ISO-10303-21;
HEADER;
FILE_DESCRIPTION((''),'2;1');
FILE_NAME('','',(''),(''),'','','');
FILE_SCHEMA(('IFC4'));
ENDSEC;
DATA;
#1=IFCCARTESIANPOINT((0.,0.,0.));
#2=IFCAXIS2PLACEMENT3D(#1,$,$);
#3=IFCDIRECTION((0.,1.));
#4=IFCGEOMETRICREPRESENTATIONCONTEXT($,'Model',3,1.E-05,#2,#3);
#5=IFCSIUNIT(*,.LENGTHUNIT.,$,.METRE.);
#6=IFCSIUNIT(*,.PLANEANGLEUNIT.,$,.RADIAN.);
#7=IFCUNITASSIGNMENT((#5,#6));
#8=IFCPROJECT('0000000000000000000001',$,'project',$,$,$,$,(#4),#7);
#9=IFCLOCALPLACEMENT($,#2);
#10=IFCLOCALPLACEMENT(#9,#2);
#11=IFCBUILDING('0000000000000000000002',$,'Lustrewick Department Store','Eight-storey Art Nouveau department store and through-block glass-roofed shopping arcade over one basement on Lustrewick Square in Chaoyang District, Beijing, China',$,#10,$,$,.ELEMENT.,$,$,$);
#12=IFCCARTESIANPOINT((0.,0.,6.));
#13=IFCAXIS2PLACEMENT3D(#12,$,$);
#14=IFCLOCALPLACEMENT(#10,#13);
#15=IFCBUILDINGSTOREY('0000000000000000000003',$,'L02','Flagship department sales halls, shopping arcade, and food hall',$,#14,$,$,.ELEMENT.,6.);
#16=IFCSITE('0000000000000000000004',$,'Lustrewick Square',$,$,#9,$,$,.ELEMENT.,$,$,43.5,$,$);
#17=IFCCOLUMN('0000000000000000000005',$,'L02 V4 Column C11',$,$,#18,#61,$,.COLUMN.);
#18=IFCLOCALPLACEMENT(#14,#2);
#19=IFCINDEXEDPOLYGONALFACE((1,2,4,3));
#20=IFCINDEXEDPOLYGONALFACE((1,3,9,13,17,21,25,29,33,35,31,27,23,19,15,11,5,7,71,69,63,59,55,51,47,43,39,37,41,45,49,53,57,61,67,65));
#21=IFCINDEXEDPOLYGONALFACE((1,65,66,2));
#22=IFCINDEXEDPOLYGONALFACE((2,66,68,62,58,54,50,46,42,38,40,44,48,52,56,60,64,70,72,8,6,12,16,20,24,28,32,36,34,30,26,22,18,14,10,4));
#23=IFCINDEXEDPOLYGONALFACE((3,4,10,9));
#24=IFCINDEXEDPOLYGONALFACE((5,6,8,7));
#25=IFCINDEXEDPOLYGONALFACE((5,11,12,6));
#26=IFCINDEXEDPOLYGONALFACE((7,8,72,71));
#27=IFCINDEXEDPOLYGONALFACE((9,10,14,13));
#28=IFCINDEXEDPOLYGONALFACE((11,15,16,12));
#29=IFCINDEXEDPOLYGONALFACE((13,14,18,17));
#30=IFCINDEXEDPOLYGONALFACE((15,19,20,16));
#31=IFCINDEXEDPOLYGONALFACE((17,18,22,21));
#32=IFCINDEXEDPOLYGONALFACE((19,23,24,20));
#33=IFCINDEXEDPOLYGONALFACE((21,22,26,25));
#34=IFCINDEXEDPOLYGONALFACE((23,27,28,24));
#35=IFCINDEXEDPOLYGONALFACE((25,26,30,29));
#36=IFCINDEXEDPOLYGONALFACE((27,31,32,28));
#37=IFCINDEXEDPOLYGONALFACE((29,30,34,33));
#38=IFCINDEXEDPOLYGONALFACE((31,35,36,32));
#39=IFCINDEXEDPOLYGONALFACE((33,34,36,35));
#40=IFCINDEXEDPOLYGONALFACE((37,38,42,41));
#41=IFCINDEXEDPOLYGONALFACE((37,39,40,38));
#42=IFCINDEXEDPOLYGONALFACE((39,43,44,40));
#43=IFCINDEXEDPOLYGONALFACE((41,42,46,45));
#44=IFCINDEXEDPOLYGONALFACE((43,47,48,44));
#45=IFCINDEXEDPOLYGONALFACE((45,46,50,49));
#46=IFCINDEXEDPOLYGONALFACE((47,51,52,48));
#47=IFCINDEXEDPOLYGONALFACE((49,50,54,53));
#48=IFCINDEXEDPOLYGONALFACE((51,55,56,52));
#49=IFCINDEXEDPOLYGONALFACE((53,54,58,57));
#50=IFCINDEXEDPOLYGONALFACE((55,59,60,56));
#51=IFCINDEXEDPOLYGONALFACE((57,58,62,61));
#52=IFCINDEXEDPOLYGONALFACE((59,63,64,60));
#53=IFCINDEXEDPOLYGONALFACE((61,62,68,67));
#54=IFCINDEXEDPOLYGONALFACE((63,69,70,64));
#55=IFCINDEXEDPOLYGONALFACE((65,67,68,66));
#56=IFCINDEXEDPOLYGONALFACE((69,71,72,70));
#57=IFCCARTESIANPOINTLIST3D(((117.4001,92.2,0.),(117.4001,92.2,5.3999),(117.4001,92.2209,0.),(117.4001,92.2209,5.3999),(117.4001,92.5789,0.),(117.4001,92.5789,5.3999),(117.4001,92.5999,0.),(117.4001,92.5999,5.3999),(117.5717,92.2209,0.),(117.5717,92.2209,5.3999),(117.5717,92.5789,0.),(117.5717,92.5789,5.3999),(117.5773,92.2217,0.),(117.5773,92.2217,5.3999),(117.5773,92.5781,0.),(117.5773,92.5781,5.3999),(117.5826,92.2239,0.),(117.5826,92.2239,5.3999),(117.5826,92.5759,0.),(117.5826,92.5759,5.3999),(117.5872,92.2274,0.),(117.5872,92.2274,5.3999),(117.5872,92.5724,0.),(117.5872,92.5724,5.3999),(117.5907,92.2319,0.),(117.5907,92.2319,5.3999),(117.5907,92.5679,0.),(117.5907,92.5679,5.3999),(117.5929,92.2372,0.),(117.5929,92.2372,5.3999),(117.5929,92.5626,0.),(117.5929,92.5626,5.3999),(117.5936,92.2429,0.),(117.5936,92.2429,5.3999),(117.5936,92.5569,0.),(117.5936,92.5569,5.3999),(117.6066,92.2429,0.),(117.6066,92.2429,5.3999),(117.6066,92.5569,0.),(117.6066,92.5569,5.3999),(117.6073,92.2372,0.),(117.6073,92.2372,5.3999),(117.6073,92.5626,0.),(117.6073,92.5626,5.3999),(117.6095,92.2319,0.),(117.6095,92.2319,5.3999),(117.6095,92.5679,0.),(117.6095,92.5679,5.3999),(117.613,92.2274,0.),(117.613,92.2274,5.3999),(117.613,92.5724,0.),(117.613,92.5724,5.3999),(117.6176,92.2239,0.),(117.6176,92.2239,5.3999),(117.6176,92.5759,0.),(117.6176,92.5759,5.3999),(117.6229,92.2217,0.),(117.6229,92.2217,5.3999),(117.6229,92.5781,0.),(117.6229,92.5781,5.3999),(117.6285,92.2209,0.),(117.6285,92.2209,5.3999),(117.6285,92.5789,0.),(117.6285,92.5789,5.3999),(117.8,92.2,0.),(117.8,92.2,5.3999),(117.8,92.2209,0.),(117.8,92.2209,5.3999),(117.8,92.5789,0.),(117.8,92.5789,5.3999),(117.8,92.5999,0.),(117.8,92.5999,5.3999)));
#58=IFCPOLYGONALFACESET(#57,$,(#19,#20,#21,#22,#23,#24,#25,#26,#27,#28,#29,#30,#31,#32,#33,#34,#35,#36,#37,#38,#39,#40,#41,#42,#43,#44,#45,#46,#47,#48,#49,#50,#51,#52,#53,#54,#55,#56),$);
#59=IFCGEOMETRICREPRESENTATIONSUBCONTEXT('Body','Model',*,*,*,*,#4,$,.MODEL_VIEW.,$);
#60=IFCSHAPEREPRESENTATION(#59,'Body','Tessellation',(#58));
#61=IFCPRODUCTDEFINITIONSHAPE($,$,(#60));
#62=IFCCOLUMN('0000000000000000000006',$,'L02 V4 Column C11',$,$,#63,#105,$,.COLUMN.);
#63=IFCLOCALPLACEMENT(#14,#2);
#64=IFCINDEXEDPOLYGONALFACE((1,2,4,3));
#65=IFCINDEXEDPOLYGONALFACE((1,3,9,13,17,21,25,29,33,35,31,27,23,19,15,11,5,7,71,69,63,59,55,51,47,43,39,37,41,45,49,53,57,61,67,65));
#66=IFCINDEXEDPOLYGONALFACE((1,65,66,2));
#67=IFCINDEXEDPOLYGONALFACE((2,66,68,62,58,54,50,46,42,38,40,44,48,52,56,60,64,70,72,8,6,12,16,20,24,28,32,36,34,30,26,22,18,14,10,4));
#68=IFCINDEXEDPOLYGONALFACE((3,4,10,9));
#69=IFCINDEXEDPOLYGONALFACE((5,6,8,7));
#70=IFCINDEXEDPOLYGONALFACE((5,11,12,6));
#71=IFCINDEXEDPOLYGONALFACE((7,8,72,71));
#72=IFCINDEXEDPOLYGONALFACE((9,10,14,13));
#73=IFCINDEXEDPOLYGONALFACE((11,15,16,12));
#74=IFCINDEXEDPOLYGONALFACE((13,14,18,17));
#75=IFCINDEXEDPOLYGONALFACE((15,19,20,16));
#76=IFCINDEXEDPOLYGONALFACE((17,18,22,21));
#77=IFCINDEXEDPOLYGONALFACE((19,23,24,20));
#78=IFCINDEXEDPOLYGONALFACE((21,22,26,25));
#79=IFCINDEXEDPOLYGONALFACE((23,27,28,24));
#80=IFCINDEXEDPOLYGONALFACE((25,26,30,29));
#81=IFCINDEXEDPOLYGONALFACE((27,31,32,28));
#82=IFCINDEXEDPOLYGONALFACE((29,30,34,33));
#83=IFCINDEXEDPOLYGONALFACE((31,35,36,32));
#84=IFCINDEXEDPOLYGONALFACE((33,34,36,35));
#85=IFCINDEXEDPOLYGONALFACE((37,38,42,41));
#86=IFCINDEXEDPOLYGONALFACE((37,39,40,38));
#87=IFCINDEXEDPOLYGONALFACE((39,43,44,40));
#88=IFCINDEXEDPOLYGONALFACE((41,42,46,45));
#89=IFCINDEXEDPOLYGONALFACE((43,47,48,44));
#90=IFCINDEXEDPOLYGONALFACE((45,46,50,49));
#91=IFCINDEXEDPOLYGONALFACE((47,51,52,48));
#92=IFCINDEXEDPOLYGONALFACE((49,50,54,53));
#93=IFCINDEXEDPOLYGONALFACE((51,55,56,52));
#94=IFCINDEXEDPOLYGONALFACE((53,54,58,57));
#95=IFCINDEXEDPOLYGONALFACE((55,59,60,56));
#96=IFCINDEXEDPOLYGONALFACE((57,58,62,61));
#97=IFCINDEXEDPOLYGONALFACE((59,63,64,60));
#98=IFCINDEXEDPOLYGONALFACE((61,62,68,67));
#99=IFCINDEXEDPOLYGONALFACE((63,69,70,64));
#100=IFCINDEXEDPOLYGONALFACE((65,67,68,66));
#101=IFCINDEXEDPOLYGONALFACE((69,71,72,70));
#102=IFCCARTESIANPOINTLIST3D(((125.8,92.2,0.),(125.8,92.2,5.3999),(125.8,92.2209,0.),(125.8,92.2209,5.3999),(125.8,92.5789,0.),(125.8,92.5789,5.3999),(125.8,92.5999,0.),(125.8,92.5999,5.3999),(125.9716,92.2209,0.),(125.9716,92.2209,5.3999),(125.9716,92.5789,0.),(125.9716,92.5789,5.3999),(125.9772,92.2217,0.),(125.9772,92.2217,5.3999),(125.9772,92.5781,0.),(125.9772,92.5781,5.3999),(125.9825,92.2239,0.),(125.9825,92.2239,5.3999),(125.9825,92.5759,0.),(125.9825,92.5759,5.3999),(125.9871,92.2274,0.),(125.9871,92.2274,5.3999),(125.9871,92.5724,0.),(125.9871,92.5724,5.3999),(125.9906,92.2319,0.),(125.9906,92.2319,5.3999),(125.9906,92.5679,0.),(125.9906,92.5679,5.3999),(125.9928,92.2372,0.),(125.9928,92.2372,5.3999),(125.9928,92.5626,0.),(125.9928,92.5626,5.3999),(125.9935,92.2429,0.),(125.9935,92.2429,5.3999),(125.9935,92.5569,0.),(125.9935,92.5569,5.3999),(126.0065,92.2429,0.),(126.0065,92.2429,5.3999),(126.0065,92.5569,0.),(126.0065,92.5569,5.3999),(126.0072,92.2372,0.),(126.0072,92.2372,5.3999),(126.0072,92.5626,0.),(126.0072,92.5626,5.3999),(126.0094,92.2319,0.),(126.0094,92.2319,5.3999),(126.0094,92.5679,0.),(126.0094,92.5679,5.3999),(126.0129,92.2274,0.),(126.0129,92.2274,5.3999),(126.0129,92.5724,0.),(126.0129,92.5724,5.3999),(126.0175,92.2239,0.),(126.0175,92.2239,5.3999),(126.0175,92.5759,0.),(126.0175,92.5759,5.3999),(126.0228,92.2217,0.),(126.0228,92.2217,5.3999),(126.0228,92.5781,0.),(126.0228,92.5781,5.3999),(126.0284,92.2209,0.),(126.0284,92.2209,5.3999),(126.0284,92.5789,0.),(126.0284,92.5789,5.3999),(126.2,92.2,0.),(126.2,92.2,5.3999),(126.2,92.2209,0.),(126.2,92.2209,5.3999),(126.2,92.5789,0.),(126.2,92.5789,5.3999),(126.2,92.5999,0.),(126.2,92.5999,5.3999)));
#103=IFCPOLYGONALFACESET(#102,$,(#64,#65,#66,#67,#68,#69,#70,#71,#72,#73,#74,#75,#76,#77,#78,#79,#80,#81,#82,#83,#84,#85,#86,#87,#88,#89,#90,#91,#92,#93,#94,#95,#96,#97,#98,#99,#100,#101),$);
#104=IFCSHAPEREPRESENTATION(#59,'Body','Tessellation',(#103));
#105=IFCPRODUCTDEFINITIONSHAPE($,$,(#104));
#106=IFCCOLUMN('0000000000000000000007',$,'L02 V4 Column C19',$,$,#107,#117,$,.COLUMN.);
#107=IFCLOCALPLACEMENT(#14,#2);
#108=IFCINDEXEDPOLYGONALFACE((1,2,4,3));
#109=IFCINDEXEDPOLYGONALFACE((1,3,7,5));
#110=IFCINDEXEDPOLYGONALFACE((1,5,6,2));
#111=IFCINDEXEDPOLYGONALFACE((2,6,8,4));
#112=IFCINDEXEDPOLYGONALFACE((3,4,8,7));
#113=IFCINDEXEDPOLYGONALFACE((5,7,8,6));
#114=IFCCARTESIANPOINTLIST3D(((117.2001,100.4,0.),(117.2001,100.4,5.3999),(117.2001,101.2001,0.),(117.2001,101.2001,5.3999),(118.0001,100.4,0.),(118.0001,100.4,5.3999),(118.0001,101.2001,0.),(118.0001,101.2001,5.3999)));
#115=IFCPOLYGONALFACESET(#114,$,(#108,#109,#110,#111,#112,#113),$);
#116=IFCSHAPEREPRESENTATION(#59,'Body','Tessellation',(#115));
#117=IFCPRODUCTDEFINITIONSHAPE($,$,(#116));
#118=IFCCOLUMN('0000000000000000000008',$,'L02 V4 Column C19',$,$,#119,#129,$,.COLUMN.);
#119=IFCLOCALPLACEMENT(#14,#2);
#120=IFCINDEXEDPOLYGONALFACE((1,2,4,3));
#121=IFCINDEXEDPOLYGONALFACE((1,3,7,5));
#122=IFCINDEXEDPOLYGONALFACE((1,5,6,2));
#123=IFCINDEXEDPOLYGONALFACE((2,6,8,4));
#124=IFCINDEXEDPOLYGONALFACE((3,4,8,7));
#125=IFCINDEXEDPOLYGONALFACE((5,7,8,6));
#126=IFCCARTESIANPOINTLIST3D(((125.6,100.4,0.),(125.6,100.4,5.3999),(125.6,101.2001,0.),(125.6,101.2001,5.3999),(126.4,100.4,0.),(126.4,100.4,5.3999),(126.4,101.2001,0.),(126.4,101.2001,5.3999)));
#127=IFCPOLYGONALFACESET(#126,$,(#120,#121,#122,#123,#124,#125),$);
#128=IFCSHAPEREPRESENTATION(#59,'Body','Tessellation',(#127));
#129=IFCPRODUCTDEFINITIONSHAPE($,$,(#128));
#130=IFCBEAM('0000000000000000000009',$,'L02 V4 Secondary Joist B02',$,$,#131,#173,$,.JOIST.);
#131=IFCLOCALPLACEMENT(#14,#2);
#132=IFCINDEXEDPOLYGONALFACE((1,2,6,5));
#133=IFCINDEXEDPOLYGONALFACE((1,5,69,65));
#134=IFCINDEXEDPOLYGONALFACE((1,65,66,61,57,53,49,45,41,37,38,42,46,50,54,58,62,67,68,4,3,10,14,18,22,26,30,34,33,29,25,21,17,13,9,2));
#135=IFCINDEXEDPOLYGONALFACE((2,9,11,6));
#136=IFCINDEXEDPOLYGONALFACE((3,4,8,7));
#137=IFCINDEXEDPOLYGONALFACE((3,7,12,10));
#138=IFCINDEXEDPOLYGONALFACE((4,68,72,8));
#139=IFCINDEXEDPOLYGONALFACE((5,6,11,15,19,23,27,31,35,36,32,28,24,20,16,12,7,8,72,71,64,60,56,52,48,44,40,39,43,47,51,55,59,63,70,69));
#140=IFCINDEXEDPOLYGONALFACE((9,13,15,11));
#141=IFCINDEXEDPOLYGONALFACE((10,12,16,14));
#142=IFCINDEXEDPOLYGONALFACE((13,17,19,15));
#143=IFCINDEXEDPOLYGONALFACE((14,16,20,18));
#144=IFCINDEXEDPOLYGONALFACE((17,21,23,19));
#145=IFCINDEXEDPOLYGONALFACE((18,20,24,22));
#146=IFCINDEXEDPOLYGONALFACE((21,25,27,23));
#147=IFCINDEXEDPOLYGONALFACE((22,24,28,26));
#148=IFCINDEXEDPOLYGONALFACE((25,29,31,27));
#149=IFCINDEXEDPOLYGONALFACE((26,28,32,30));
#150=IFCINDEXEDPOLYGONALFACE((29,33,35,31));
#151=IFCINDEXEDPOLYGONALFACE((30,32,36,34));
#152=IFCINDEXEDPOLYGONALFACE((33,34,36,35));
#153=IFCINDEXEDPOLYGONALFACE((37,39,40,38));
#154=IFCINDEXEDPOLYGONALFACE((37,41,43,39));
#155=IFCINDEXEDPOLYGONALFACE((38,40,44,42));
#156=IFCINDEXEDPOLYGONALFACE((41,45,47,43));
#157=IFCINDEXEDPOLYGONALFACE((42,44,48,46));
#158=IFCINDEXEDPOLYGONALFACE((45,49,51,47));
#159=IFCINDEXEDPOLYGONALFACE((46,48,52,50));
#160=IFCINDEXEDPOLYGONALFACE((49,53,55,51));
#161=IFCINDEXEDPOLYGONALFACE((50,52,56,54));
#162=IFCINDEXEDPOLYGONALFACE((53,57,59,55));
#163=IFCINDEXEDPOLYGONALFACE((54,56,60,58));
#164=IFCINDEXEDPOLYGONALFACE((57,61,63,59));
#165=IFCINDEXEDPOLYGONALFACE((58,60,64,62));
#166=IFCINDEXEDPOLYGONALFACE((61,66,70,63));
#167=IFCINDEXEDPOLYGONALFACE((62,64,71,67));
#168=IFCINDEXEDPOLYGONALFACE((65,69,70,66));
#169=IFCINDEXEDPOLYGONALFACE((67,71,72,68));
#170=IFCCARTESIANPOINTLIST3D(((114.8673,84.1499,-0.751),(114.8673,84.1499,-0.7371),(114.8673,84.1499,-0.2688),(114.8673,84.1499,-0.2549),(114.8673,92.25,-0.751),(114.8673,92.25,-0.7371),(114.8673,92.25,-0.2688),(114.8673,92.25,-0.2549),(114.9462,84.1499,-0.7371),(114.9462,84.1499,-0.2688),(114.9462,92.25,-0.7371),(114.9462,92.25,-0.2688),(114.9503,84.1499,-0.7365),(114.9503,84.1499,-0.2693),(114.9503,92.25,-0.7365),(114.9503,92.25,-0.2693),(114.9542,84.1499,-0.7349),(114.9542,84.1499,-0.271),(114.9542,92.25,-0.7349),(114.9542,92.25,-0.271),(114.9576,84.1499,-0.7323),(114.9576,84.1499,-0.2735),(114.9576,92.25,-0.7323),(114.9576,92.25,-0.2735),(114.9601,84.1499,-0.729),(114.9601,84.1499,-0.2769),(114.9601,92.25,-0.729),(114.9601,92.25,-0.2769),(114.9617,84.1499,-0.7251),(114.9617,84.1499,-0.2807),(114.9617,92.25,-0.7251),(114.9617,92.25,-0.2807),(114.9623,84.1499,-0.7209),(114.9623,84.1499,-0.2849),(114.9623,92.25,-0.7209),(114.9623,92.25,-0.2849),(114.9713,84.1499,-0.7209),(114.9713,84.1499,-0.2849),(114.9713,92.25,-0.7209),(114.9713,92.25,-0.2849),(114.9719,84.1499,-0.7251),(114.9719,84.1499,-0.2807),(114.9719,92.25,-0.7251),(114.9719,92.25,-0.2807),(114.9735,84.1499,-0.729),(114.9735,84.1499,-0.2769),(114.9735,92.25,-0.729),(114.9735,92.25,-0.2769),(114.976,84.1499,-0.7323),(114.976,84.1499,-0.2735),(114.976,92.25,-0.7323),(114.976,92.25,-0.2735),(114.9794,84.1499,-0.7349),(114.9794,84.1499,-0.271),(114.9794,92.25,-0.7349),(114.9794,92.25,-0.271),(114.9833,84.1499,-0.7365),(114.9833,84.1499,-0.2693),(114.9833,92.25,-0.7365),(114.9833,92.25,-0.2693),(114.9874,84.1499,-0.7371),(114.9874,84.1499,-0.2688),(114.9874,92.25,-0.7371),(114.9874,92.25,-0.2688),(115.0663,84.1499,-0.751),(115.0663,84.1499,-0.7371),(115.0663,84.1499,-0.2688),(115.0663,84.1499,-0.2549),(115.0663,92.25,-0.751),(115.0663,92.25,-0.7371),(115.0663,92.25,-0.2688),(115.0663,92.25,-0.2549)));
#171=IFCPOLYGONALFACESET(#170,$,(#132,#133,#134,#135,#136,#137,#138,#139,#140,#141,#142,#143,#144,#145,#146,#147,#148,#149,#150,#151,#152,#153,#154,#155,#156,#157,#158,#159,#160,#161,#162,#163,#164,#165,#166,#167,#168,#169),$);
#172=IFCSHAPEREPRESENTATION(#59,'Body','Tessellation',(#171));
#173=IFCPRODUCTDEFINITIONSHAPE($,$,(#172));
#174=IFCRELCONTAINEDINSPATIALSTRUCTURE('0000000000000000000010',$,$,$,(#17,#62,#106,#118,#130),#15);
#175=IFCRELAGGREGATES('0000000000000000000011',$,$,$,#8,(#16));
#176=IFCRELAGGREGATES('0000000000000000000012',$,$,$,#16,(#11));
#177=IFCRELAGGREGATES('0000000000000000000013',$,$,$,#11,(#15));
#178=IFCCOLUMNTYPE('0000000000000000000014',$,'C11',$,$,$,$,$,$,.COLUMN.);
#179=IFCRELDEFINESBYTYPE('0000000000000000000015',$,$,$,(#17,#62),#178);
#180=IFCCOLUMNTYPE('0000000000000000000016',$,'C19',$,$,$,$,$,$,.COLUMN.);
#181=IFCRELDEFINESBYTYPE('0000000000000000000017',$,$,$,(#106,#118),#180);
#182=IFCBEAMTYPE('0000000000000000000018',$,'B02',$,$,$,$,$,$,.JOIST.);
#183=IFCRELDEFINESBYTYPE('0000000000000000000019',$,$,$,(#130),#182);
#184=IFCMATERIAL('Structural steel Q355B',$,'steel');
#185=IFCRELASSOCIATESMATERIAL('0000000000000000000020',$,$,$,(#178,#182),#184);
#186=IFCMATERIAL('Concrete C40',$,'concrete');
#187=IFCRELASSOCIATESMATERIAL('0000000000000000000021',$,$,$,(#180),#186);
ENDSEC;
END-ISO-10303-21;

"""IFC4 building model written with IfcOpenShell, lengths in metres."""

from ifc_helpers import new_model, si_unit, direction, frame, origin, origin_2d, place, context, subcontext, project, spatial, rectangle, i_section, extrude, material, material_profile, profile_set, type_object, element, save


model = new_model("IFC4")

# Units and contexts
model_context = context("Model", 3, precision=1e-05, world=origin(), true_north=direction((0.0, 1.0)))
body_context = subcontext(model_context, "Body", "Model", "MODEL_VIEW")
ifc_project = project(units=[si_unit("LENGTHUNIT", "METRE"), si_unit("PLANEANGLEUNIT", "RADIAN")], contexts=[model_context])

# Site, building, storey
site_placement = place(None, origin())
site = spatial("IfcSite", under=ifc_project, at=site_placement, Name="Lustrewick Square", CompositionType="ELEMENT", RefElevation=43.5)
building_placement = place(site_placement, origin())
building = spatial("IfcBuilding", under=site, at=building_placement, Name="Lustrewick Department Store", Description="Eight-storey Art Nouveau department store and through-block glass-roofed shopping arcade over one basement on Lustrewick Square in Chaoyang District, Beijing, China", CompositionType="ELEMENT")
storey_placement = place(building_placement, frame((0.0, 0.0, 6.0)))
storey = spatial("IfcBuildingStorey", under=building, at=storey_placement, Name="L02", Description="Flagship department sales halls, shopping arcade, and food hall", CompositionType="ELEMENT", Elevation=6.0)

# Columns
ifc_material_1 = material(Name="Structural steel Q355B", Category="steel")
ifc_material_profile_1 = material_profile(ifc_material_1, i_section(OverallWidth=0.3999, OverallDepth=0.3999, WebThickness=0.0129, FlangeThickness=0.021, FilletRadius=0.022, at=origin_2d()), Name="HW 400x400x13x21")
ifc_profile_set_1 = profile_set([ifc_material_profile_1], Name="Structural steel Q355B")
column_type_1 = type_object("IfcColumnType", Name="C11", PredefinedType="COLUMN", material=ifc_profile_set_1)
for number, where, z_axis, x_axis, name in (
    (1, (117.6001, 92.3999, 0.0), (0.0, 0.0, 1.0), (1.0, 0.0, 0.0), "L02 V4 Column C11"),
    (2, (126.0, 92.3999, 0.0), (0.0, 0.0, 1.0), (1.0, 0.0, 0.0), "L02 V4 Column C11"),
):
    element("IfcColumn", number, at=place(storey_placement, frame(where, z_axis=z_axis, x_axis=x_axis)), inside=storey, type_object=column_type_1, Name=name, PredefinedType="COLUMN", context=body_context, shape_type="SweptSolid", body=[
        extrude(i_section(OverallWidth=0.3999, OverallDepth=0.3999, WebThickness=0.0129, FlangeThickness=0.021, FilletRadius=0.022, at=origin_2d()), origin(), (0.0, 0.0, 1.0), 5.3999),
    ])
ifc_material_2 = material(Name="Concrete C40", Category="concrete")
ifc_material_profile_2 = material_profile(ifc_material_2, rectangle(XDim=0.8, YDim=0.8, at=origin_2d()), Name="RC 800x800")
ifc_profile_set_2 = profile_set([ifc_material_profile_2], Name="Concrete C40")
column_type_2 = type_object("IfcColumnType", Name="C19", PredefinedType="COLUMN", material=ifc_profile_set_2)
for number, where, z_axis, x_axis, name in (
    (3, (117.6001, 100.8, 0.0), (0.0, 0.0, 1.0), (1.0, 0.0, 0.0), "L02 V4 Column C19"),
    (4, (126.0, 100.8, 0.0), (0.0, 0.0, 1.0), (1.0, 0.0, 0.0), "L02 V4 Column C19"),
):
    element("IfcColumn", number, at=place(storey_placement, frame(where, z_axis=z_axis, x_axis=x_axis)), inside=storey, type_object=column_type_2, Name=name, PredefinedType="COLUMN", context=body_context, shape_type="SweptSolid", body=[
        extrude(rectangle(XDim=0.8, YDim=0.8, at=origin_2d()), origin(), (0.0, 0.0, 1.0), 5.3999),
    ])

# Beam
ifc_material_profile_3 = material_profile(ifc_material_1, i_section(OverallWidth=0.199, OverallDepth=0.4961, WebThickness=0.009, FlangeThickness=0.0139, FilletRadius=0.0161, at=origin_2d()), Name="HN 496x199x9x14")
ifc_profile_set_3 = profile_set([ifc_material_profile_3], Name="Structural steel Q355B")
beam_type_1 = type_object("IfcBeamType", Name="B02", PredefinedType="JOIST", material=ifc_profile_set_3)
beam_1_placement = place(storey_placement, frame((114.9668, 84.1499, -0.5029), z_axis=(0.0, 1.0, 0.0), x_axis=(-1.0, 0.0, 0.0)))
element("IfcBeam", 5, at=beam_1_placement, inside=storey, type_object=beam_type_1, Name="L02 V4 Secondary Joist B02", PredefinedType="JOIST", context=body_context, shape_type="SweptSolid", body=[
    extrude(i_section(OverallWidth=0.199, OverallDepth=0.4961, WebThickness=0.009, FlangeThickness=0.0139, FilletRadius=0.0161, at=origin_2d()), origin(), (0.0, 0.0, 1.0), 8.1001),
])

save(model, "model.ifc")
